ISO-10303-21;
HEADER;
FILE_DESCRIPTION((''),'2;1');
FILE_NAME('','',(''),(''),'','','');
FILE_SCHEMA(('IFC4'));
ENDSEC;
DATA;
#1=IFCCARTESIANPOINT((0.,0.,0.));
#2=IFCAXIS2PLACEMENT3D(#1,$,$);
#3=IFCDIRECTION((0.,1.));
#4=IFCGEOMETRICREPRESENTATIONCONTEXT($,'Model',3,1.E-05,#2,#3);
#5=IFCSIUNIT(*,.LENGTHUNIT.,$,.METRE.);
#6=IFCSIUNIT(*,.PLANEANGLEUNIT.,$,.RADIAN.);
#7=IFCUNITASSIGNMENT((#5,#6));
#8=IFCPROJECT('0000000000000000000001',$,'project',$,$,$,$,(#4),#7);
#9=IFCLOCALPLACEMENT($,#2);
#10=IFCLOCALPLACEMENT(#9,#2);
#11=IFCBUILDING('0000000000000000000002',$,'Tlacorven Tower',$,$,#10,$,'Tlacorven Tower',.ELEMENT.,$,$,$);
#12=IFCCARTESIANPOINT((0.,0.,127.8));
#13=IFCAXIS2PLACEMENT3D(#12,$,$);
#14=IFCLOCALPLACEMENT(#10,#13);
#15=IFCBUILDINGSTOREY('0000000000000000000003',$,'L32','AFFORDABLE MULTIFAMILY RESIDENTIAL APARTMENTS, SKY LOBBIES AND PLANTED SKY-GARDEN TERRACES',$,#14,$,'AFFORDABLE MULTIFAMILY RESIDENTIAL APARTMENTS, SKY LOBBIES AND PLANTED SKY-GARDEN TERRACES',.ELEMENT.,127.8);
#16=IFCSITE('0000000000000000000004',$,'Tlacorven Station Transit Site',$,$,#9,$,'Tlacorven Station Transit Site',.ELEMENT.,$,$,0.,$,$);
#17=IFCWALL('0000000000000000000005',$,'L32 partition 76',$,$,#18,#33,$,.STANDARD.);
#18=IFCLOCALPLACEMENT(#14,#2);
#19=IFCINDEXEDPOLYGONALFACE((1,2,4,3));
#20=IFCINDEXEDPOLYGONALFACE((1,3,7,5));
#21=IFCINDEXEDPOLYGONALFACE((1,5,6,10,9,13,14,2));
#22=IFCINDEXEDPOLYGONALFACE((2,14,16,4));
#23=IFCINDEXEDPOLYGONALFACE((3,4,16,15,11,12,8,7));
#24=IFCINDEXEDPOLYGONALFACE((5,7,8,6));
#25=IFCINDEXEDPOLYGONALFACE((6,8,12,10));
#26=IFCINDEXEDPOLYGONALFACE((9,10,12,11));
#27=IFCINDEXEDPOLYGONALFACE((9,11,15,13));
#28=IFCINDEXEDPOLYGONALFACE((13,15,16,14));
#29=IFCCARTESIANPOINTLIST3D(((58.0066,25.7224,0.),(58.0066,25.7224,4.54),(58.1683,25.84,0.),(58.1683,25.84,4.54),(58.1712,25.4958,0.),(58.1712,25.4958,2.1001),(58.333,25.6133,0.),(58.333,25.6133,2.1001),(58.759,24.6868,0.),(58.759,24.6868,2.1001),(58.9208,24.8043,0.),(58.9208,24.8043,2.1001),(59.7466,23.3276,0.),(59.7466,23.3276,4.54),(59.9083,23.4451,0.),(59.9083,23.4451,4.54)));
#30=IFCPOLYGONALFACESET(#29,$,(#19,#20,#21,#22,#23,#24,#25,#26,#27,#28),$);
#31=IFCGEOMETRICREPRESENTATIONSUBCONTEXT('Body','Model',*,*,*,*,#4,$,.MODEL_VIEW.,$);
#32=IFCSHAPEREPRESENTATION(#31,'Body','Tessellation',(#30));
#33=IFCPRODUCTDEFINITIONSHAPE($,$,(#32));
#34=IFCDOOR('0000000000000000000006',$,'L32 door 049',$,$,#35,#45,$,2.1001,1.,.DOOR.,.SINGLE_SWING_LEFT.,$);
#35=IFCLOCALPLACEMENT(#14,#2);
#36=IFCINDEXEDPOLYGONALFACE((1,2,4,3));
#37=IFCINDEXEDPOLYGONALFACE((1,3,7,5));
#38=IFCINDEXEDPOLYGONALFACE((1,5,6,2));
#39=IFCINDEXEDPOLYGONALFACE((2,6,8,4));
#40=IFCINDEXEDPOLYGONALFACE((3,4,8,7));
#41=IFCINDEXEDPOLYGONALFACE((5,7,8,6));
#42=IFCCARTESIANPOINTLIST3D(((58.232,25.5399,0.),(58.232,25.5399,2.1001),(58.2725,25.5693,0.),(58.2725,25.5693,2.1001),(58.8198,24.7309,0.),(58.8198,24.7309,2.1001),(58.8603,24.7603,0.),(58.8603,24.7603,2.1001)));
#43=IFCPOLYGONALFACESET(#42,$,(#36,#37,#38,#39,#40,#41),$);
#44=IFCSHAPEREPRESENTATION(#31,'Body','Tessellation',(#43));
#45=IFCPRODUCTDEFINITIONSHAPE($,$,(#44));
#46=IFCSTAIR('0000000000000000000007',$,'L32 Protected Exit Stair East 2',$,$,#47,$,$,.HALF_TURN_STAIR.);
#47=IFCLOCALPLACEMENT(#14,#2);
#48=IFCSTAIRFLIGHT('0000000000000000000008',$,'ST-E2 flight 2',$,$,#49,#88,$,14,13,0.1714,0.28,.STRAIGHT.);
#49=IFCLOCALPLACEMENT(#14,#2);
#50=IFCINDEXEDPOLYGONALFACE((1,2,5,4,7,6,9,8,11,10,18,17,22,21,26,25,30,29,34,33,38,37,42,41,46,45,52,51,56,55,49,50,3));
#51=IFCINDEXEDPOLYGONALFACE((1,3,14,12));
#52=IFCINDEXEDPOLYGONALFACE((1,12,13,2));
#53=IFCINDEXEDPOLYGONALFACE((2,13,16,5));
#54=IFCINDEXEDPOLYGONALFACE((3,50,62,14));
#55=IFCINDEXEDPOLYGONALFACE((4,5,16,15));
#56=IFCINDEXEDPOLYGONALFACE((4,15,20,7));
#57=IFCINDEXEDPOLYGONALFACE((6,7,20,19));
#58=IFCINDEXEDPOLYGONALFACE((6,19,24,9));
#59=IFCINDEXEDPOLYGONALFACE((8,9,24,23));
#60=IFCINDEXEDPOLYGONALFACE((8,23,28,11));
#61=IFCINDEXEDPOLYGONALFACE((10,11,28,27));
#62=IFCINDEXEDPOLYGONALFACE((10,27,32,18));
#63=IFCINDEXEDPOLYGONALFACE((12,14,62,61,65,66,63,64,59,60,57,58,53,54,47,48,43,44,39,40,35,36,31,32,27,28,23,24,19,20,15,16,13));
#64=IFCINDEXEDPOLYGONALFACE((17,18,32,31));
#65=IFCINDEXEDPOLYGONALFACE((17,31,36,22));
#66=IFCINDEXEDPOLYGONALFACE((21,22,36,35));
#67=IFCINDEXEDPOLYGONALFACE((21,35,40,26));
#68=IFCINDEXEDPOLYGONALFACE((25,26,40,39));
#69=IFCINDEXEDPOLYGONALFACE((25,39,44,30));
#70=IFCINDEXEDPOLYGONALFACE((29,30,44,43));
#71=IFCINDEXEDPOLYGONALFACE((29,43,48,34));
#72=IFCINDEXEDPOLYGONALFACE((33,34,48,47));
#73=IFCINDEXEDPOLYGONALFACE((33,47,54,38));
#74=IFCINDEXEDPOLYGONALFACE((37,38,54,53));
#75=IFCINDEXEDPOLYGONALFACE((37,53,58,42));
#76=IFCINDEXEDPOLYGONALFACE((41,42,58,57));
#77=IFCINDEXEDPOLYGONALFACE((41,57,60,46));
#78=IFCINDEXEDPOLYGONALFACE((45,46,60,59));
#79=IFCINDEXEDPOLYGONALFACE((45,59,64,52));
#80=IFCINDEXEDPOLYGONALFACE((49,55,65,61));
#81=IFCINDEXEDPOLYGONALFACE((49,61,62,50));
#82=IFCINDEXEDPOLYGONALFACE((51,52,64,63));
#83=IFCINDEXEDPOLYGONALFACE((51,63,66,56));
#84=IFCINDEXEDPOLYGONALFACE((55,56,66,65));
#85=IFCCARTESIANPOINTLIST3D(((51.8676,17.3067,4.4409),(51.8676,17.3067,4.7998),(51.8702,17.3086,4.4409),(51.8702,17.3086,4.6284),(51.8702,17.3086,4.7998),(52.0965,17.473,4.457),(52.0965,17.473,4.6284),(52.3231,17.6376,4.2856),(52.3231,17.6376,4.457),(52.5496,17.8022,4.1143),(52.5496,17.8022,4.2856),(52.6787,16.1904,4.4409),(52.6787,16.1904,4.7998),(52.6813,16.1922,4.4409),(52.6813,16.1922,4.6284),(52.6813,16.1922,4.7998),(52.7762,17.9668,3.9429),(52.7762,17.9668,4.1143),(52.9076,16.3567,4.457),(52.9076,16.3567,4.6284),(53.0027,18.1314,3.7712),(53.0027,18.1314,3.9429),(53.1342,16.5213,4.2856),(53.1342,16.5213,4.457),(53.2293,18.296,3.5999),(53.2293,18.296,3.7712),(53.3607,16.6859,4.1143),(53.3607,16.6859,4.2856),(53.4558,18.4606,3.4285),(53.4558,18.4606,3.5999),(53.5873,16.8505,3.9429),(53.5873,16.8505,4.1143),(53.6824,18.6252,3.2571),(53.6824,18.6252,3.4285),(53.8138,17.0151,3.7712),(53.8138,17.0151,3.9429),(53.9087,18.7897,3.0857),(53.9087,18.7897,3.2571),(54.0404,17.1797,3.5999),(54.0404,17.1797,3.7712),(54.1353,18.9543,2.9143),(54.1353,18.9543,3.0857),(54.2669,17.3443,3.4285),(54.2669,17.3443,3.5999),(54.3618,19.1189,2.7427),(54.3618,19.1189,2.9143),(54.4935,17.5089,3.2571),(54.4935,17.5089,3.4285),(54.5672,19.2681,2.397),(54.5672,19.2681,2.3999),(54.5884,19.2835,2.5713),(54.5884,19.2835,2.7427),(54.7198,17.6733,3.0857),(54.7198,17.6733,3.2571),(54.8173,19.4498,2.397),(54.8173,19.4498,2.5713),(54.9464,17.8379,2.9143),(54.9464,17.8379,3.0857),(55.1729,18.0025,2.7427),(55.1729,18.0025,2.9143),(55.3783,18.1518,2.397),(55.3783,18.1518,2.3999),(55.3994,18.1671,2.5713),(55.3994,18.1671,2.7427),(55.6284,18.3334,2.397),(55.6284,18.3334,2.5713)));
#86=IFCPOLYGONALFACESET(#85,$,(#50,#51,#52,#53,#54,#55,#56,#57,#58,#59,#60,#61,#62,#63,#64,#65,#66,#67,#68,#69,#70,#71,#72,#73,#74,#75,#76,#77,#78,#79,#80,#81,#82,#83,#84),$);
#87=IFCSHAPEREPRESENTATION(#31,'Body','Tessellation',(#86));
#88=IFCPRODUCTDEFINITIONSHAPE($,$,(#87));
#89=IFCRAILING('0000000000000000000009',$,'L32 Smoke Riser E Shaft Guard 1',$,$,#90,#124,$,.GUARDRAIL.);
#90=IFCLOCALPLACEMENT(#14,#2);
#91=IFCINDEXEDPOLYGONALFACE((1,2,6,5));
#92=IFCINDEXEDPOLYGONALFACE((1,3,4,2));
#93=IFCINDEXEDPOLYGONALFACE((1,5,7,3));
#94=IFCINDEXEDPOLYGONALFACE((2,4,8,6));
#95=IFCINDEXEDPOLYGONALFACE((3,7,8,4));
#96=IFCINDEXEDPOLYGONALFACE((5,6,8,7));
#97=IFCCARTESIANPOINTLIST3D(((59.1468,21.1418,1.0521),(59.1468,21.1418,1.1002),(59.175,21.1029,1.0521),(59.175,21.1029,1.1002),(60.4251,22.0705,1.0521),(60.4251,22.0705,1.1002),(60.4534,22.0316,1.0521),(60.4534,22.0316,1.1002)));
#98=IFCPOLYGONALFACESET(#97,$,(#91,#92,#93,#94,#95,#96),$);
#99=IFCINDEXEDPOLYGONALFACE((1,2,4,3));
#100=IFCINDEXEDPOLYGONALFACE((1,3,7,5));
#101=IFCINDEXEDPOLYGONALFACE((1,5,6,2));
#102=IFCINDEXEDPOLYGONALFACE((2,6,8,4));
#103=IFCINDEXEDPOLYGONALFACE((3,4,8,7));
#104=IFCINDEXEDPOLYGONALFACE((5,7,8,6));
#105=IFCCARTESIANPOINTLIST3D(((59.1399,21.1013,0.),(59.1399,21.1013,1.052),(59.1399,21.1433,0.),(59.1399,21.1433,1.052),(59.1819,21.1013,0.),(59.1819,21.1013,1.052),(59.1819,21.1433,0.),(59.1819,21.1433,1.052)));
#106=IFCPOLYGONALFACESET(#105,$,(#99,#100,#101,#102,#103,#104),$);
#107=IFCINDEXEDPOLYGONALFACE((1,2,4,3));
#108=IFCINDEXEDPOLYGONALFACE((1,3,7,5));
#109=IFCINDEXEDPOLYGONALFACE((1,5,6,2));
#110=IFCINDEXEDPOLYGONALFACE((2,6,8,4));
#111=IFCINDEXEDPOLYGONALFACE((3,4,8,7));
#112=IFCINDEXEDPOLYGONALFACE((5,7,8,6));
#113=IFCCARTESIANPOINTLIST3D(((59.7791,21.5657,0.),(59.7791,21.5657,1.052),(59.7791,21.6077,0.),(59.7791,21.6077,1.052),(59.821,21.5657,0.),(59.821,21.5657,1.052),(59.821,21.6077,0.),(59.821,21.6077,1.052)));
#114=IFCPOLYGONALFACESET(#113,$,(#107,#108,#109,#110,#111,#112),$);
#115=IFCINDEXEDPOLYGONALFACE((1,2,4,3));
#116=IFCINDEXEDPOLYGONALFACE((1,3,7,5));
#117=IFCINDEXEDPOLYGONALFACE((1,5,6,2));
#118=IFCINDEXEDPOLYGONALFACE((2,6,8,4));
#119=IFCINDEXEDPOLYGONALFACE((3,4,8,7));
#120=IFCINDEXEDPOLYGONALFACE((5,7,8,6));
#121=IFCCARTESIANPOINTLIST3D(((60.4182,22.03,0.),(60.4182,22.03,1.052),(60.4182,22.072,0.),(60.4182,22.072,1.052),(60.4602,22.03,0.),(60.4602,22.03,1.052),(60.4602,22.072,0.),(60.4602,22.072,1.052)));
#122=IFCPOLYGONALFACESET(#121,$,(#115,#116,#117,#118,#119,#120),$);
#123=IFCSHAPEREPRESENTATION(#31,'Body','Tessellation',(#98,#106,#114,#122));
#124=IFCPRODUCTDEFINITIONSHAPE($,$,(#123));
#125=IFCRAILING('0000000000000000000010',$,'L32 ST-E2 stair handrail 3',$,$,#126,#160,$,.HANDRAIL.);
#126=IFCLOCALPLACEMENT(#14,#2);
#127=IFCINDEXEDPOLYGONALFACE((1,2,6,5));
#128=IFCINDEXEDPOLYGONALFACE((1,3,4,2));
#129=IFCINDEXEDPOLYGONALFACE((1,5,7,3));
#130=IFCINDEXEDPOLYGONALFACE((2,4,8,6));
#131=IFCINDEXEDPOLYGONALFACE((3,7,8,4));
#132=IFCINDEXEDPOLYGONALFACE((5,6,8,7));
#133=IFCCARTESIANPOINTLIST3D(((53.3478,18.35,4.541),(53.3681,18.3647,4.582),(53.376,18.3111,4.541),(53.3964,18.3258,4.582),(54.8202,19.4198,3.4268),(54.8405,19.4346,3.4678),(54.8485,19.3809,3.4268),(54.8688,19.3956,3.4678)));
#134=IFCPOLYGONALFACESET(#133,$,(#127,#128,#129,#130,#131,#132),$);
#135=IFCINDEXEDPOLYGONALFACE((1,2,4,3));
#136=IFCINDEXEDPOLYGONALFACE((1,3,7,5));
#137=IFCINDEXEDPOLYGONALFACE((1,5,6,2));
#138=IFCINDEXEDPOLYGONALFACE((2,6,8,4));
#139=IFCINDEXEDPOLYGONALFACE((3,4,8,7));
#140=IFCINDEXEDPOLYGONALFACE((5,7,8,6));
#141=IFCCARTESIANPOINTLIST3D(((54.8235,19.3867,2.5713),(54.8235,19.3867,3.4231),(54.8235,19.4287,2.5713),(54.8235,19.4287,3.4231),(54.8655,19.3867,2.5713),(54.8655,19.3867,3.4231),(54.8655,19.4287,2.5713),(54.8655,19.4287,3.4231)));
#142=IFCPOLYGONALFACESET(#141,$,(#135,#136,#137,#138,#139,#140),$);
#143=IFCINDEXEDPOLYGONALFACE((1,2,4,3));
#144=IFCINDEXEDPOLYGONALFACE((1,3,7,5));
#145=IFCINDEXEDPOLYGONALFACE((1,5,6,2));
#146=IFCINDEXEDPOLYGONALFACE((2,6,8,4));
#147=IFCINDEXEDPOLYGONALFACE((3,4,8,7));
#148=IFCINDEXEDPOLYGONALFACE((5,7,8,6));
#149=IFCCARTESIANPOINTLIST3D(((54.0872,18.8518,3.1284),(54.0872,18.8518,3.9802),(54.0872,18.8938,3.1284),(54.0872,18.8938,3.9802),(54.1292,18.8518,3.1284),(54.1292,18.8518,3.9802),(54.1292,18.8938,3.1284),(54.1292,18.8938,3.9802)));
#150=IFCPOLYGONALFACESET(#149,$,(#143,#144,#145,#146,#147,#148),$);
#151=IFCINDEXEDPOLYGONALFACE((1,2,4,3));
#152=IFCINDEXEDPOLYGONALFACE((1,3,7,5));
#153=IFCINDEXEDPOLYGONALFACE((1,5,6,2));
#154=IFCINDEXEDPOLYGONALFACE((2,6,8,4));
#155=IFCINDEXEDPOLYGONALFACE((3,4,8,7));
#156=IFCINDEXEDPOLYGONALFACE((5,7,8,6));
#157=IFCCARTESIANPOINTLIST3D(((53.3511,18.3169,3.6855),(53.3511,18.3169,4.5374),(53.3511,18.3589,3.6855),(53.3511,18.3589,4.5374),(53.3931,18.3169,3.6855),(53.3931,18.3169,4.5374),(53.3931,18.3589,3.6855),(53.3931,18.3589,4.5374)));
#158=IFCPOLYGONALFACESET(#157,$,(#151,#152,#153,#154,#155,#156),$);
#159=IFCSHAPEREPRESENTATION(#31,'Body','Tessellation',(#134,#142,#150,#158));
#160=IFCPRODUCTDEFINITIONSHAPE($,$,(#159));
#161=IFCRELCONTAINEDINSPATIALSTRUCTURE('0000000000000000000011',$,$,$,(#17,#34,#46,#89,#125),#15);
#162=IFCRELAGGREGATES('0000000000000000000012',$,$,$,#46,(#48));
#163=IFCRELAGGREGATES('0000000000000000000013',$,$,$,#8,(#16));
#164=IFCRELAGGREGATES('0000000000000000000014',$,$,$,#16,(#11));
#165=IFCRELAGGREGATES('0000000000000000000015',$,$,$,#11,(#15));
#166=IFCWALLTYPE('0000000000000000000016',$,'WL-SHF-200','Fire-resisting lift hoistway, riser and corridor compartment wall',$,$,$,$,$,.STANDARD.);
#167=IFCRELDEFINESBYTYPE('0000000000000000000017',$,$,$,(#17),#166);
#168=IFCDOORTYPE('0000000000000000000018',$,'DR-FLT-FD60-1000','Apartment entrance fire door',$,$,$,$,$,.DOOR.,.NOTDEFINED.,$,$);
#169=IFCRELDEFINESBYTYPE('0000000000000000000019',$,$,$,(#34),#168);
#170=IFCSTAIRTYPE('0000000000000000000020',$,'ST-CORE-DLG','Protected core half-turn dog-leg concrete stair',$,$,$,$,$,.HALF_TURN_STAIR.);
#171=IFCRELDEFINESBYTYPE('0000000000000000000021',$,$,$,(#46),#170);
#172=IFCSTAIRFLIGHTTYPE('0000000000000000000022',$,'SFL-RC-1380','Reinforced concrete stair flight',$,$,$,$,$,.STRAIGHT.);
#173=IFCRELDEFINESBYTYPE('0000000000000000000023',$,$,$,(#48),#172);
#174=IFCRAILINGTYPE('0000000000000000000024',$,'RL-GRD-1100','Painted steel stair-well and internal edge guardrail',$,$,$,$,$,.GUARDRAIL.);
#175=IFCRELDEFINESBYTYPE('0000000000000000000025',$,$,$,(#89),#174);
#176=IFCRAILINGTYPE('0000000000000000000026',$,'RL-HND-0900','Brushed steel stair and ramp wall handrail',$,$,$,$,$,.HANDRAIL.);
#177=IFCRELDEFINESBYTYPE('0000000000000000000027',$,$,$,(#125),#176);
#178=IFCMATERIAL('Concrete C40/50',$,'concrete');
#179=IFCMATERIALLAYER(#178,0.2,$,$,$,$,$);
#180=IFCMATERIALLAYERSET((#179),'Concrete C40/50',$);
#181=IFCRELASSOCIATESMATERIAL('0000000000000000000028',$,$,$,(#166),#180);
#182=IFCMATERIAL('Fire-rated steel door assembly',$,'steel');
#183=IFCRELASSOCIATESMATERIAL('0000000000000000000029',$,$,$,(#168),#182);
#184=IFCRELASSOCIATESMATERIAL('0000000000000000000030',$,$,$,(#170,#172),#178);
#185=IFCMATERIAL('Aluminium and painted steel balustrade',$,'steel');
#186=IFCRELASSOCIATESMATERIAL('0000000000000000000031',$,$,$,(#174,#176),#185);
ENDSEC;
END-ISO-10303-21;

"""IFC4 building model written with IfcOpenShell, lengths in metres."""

from ifc_helpers import new_model, si_unit, direction, frame, frame_2d, origin, origin_2d, place, context, subcontext, project, spatial, polyline, rectangle, outline, extrude, source, transform, mapped, material, layer, layer_set, type_object, element, fill, aggregate, save


model = new_model("IFC4")

# Units and contexts
model_context = context("Model", 3, precision=1e-05, world=origin(), true_north=direction((0.0, 1.0)))
body_context = subcontext(model_context, "Body", "Model", "MODEL_VIEW")
ifc_project = project(units=[si_unit("LENGTHUNIT", "METRE"), si_unit("PLANEANGLEUNIT", "RADIAN")], contexts=[model_context])

# Site, building, storey
site_placement = place(None, origin())
site = spatial("IfcSite", under=ifc_project, at=site_placement, Name="Tlacorven Station Transit Site", LongName="Tlacorven Station Transit Site", CompositionType="ELEMENT", RefElevation=0.0)
building_placement = place(site_placement, origin())
building = spatial("IfcBuilding", under=site, at=building_placement, Name="Tlacorven Tower", LongName="Tlacorven Tower", CompositionType="ELEMENT")
storey_placement = place(building_placement, frame((0.0, 0.0, 127.8)))
storey = spatial("IfcBuildingStorey", under=building, at=storey_placement, Name="L32", Description="AFFORDABLE MULTIFAMILY RESIDENTIAL APARTMENTS, SKY LOBBIES AND PLANTED SKY-GARDEN TERRACES", LongName="AFFORDABLE MULTIFAMILY RESIDENTIAL APARTMENTS, SKY LOBBIES AND PLANTED SKY-GARDEN TERRACES", CompositionType="ELEMENT", Elevation=127.8)

# Shared definitions
ifc_material_1 = material(Name="Concrete C40/50", Category="concrete")
ifc_layer_1 = layer(ifc_material_1, 0.2)
ifc_layer_set_1 = layer_set([ifc_layer_1], Name="Concrete C40/50")
wall_type_1 = type_object("IfcWallType", Name="WL-SHF-200", Description="Fire-resisting lift hoistway, riser and corridor compartment wall", PredefinedType="STANDARD", material=ifc_layer_set_1)
ifc_material_2 = material(Name="Fire-rated steel door assembly", Category="steel")

# Wall, opening, door
wall_1_placement = place(storey_placement, frame((59.8274, 23.3865, 0.0), z_axis=(0.0, 0.0, 1.0), x_axis=(-0.587804, 0.809003, 0.0)))
wall_1 = element("IfcWall", 1, at=wall_1_placement, inside=storey, type_object=wall_type_1, Name="L32 partition 76", PredefinedType="STANDARD", context=body_context, shape_type="SweptSolid", body=[
    extrude(rectangle(XDim=2.9602, YDim=0.2, at=frame_2d((1.48, 0.0))), origin(), (0.0, 0.0, 1.0), 4.54),
])
opening_1_placement = place(wall_1_placement, frame((1.6799, 0.0, 0.0)))
opening_1 = element("IfcOpeningElement", 2, at=opening_1_placement, cuts=wall_1, PredefinedType="OPENING", context=body_context, shape_type="SweptSolid", body=[
    extrude(rectangle(XDim=1.0, YDim=2.1001, at=frame_2d((0.5, 1.05))), frame((0.0, 0.1099, 0.0), z_axis=(0.0, -1.0, 0.0), x_axis=(1.0, 0.0, 0.0)), (0.0, 0.0, 1.0), 0.22),
])
door_type_1 = type_object("IfcDoorType", Name="DR-FLT-FD60-1000", Description="Apartment entrance fire door", OperationType="NOTDEFINED", PredefinedType="DOOR", material=ifc_material_2)
shared_shape_1 = source(origin(), body_context, "Body", "SweptSolid", [
    extrude(rectangle(XDim=1.0, YDim=2.1001, at=frame_2d((0.5, 1.05))), frame((0.0, 0.0249, 0.0), z_axis=(0.0, -1.0, 0.0), x_axis=(1.0, 0.0, 0.0)), (0.0, 0.0, 1.0), 0.05),
])
door_1_placement = place(opening_1_placement, origin())
door_1 = element("IfcDoor", 3, at=door_1_placement, inside=storey, type_object=door_type_1, Name="L32 door 049", OperationType="SINGLE_SWING_LEFT", OverallHeight=2.1001, OverallWidth=1.0, PredefinedType="DOOR", context=body_context, shape_type="MappedRepresentation", body=[
    mapped(shared_shape_1, transform((0.0, 0.0, 0.0), scale=1.0)),
])
fill(opening_1, door_1)

# Stair, stair flight
stair_type = type_object("IfcStairType", Name="ST-CORE-DLG", Description="Protected core half-turn dog-leg concrete stair", PredefinedType="HALF_TURN_STAIR", material=ifc_material_1)
stair_placement = place(storey_placement, origin())
stair = element("IfcStair", 4, at=stair_placement, inside=storey, type_object=stair_type, Name="L32 Protected Exit Stair East 2", PredefinedType="HALF_TURN_STAIR")
stair_flight_type = type_object("IfcStairFlightType", Name="SFL-RC-1380", Description="Reinforced concrete stair flight", PredefinedType="STRAIGHT", material=ifc_material_1)
shared_shape_2 = source(origin(), body_context, "Body", "SweptSolid", [
    extrude(outline(polyline([(-0.0029, -0.0029), (-0.0029, 0.1714), (0.28, 0.1714), (0.28, 0.3428), (0.5601, 0.3428), (0.5601, 0.5144), (0.8401, 0.5144), (0.8401, 0.6858), (1.1201, 0.6858), (1.1201, 0.8572), (1.3999, 0.8572), (1.3999, 1.0286), (1.6799, 1.0286), (1.6799, 1.2), (1.96, 1.2), (1.96, 1.3713), (2.24, 1.3713), (2.24, 1.543), (2.52, 1.543), (2.52, 1.7144), (2.8, 1.7144), (2.8, 1.8857), (3.0801, 1.8857), (3.0801, 2.0571), (3.3601, 2.0571), (3.3601, 2.2285), (3.6399, 2.2285), (3.6399, 2.3999), (3.6431, 2.3999), (3.6431, 2.041), (3.6399, 2.041), (0.3062, 0.0), (0.3062, -0.0029), (-0.0029, -0.0029)])), frame((0.0, 0.6899, 0.0), z_axis=(0.0, -1.0, 0.0), x_axis=(1.0, 0.0, 0.0)), (0.0, 0.0, 1.0), 1.3799),
])
stair_flight_placement = place(storey_placement, frame((55.2205, 18.8899, 2.3999), z_axis=(0.0, 0.0, 1.0), x_axis=(-0.809017, -0.587785, 0.0)))
stair_flight = element("IfcStairFlight", 5, at=stair_flight_placement, type_object=stair_flight_type, Name="ST-E2 flight 2", NumberOfRisers=14, NumberOfTreads=13, PredefinedType="STRAIGHT", RiserHeight=0.1714, TreadLength=0.28, context=body_context, shape_type="MappedRepresentation", body=[
    mapped(shared_shape_2, transform((0.0, 0.0, 0.0), scale=1.0)),
])
aggregate(stair, [stair_flight])

# Railings
ifc_material_3 = material(Name="Aluminium and painted steel balustrade", Category="steel")
railing_type_1 = type_object("IfcRailingType", Name="RL-GRD-1100", Description="Painted steel stair-well and internal edge guardrail", PredefinedType="GUARDRAIL", material=ifc_material_3)
shared_shape_3 = source(origin(), body_context, "Body", "SweptSolid", [
    extrude(rectangle(XDim=0.0481, YDim=0.0481, at=origin_2d()), frame((0.0, 0.0, 1.0762), z_axis=(0.80903, 0.587767, 0.0), x_axis=(-0.587767, 0.80903, 0.0)), (0.0, 0.0, 1.0), 1.5801),
    extrude(rectangle(XDim=0.042, YDim=0.042, at=origin_2d()), origin(), (0.0, 0.0, 1.0), 1.052),
    extrude(rectangle(XDim=0.042, YDim=0.042, at=origin_2d()), frame((0.6392, 0.4644, 0.0)), (0.0, 0.0, 1.0), 1.052),
    extrude(rectangle(XDim=0.042, YDim=0.042, at=origin_2d()), frame((1.2783, 0.9287, 0.0)), (0.0, 0.0, 1.0), 1.052),
])
railing_1_placement = place(storey_placement, frame((59.1609, 21.1223, 0.0)))
element("IfcRailing", 6, at=railing_1_placement, inside=storey, type_object=railing_type_1, Name="L32 Smoke Riser E Shaft Guard 1", PredefinedType="GUARDRAIL", context=body_context, shape_type="MappedRepresentation", body=[
    mapped(shared_shape_3, transform((0.0, 0.0, 0.0), scale=1.0)),
])
railing_type_2 = type_object("IfcRailingType", Name="RL-HND-0900", Description="Brushed steel stair and ramp wall handrail", PredefinedType="HANDRAIL", material=ifc_material_3)
shared_shape_4 = source(origin(), body_context, "Body", "SweptSolid", [
    extrude(rectangle(XDim=0.0481, YDim=0.0481, at=origin_2d()), frame((0.0, 0.0, 0.876), z_axis=(-0.689967, -0.501316, 0.522137), x_axis=(0.587805, -0.809003, 0.0)), (0.0, 0.0, 1.0), 2.134),
    extrude(rectangle(XDim=0.042, YDim=0.042, at=origin_2d()), origin(), (0.0, 0.0, 1.0), 0.8518),
    extrude(rectangle(XDim=0.042, YDim=0.042, at=origin_2d()), frame((-0.7363, -0.5349, 0.5571)), (0.0, 0.0, 1.0), 0.8518),
    extrude(rectangle(XDim=0.042, YDim=0.042, at=origin_2d()), frame((-1.4724, -1.0698, 1.1143)), (0.0, 0.0, 1.0), 0.8518),
])
railing_2_placement = place(storey_placement, frame((54.8445, 19.4077, 2.5713)))
element("IfcRailing", 7, at=railing_2_placement, inside=storey, type_object=railing_type_2, Name="L32 ST-E2 stair handrail 3", PredefinedType="HANDRAIL", context=body_context, shape_type="MappedRepresentation", body=[
    mapped(shared_shape_4, transform((0.0, 0.0, 0.0), scale=1.0)),
])

save(model, "model.ifc")
